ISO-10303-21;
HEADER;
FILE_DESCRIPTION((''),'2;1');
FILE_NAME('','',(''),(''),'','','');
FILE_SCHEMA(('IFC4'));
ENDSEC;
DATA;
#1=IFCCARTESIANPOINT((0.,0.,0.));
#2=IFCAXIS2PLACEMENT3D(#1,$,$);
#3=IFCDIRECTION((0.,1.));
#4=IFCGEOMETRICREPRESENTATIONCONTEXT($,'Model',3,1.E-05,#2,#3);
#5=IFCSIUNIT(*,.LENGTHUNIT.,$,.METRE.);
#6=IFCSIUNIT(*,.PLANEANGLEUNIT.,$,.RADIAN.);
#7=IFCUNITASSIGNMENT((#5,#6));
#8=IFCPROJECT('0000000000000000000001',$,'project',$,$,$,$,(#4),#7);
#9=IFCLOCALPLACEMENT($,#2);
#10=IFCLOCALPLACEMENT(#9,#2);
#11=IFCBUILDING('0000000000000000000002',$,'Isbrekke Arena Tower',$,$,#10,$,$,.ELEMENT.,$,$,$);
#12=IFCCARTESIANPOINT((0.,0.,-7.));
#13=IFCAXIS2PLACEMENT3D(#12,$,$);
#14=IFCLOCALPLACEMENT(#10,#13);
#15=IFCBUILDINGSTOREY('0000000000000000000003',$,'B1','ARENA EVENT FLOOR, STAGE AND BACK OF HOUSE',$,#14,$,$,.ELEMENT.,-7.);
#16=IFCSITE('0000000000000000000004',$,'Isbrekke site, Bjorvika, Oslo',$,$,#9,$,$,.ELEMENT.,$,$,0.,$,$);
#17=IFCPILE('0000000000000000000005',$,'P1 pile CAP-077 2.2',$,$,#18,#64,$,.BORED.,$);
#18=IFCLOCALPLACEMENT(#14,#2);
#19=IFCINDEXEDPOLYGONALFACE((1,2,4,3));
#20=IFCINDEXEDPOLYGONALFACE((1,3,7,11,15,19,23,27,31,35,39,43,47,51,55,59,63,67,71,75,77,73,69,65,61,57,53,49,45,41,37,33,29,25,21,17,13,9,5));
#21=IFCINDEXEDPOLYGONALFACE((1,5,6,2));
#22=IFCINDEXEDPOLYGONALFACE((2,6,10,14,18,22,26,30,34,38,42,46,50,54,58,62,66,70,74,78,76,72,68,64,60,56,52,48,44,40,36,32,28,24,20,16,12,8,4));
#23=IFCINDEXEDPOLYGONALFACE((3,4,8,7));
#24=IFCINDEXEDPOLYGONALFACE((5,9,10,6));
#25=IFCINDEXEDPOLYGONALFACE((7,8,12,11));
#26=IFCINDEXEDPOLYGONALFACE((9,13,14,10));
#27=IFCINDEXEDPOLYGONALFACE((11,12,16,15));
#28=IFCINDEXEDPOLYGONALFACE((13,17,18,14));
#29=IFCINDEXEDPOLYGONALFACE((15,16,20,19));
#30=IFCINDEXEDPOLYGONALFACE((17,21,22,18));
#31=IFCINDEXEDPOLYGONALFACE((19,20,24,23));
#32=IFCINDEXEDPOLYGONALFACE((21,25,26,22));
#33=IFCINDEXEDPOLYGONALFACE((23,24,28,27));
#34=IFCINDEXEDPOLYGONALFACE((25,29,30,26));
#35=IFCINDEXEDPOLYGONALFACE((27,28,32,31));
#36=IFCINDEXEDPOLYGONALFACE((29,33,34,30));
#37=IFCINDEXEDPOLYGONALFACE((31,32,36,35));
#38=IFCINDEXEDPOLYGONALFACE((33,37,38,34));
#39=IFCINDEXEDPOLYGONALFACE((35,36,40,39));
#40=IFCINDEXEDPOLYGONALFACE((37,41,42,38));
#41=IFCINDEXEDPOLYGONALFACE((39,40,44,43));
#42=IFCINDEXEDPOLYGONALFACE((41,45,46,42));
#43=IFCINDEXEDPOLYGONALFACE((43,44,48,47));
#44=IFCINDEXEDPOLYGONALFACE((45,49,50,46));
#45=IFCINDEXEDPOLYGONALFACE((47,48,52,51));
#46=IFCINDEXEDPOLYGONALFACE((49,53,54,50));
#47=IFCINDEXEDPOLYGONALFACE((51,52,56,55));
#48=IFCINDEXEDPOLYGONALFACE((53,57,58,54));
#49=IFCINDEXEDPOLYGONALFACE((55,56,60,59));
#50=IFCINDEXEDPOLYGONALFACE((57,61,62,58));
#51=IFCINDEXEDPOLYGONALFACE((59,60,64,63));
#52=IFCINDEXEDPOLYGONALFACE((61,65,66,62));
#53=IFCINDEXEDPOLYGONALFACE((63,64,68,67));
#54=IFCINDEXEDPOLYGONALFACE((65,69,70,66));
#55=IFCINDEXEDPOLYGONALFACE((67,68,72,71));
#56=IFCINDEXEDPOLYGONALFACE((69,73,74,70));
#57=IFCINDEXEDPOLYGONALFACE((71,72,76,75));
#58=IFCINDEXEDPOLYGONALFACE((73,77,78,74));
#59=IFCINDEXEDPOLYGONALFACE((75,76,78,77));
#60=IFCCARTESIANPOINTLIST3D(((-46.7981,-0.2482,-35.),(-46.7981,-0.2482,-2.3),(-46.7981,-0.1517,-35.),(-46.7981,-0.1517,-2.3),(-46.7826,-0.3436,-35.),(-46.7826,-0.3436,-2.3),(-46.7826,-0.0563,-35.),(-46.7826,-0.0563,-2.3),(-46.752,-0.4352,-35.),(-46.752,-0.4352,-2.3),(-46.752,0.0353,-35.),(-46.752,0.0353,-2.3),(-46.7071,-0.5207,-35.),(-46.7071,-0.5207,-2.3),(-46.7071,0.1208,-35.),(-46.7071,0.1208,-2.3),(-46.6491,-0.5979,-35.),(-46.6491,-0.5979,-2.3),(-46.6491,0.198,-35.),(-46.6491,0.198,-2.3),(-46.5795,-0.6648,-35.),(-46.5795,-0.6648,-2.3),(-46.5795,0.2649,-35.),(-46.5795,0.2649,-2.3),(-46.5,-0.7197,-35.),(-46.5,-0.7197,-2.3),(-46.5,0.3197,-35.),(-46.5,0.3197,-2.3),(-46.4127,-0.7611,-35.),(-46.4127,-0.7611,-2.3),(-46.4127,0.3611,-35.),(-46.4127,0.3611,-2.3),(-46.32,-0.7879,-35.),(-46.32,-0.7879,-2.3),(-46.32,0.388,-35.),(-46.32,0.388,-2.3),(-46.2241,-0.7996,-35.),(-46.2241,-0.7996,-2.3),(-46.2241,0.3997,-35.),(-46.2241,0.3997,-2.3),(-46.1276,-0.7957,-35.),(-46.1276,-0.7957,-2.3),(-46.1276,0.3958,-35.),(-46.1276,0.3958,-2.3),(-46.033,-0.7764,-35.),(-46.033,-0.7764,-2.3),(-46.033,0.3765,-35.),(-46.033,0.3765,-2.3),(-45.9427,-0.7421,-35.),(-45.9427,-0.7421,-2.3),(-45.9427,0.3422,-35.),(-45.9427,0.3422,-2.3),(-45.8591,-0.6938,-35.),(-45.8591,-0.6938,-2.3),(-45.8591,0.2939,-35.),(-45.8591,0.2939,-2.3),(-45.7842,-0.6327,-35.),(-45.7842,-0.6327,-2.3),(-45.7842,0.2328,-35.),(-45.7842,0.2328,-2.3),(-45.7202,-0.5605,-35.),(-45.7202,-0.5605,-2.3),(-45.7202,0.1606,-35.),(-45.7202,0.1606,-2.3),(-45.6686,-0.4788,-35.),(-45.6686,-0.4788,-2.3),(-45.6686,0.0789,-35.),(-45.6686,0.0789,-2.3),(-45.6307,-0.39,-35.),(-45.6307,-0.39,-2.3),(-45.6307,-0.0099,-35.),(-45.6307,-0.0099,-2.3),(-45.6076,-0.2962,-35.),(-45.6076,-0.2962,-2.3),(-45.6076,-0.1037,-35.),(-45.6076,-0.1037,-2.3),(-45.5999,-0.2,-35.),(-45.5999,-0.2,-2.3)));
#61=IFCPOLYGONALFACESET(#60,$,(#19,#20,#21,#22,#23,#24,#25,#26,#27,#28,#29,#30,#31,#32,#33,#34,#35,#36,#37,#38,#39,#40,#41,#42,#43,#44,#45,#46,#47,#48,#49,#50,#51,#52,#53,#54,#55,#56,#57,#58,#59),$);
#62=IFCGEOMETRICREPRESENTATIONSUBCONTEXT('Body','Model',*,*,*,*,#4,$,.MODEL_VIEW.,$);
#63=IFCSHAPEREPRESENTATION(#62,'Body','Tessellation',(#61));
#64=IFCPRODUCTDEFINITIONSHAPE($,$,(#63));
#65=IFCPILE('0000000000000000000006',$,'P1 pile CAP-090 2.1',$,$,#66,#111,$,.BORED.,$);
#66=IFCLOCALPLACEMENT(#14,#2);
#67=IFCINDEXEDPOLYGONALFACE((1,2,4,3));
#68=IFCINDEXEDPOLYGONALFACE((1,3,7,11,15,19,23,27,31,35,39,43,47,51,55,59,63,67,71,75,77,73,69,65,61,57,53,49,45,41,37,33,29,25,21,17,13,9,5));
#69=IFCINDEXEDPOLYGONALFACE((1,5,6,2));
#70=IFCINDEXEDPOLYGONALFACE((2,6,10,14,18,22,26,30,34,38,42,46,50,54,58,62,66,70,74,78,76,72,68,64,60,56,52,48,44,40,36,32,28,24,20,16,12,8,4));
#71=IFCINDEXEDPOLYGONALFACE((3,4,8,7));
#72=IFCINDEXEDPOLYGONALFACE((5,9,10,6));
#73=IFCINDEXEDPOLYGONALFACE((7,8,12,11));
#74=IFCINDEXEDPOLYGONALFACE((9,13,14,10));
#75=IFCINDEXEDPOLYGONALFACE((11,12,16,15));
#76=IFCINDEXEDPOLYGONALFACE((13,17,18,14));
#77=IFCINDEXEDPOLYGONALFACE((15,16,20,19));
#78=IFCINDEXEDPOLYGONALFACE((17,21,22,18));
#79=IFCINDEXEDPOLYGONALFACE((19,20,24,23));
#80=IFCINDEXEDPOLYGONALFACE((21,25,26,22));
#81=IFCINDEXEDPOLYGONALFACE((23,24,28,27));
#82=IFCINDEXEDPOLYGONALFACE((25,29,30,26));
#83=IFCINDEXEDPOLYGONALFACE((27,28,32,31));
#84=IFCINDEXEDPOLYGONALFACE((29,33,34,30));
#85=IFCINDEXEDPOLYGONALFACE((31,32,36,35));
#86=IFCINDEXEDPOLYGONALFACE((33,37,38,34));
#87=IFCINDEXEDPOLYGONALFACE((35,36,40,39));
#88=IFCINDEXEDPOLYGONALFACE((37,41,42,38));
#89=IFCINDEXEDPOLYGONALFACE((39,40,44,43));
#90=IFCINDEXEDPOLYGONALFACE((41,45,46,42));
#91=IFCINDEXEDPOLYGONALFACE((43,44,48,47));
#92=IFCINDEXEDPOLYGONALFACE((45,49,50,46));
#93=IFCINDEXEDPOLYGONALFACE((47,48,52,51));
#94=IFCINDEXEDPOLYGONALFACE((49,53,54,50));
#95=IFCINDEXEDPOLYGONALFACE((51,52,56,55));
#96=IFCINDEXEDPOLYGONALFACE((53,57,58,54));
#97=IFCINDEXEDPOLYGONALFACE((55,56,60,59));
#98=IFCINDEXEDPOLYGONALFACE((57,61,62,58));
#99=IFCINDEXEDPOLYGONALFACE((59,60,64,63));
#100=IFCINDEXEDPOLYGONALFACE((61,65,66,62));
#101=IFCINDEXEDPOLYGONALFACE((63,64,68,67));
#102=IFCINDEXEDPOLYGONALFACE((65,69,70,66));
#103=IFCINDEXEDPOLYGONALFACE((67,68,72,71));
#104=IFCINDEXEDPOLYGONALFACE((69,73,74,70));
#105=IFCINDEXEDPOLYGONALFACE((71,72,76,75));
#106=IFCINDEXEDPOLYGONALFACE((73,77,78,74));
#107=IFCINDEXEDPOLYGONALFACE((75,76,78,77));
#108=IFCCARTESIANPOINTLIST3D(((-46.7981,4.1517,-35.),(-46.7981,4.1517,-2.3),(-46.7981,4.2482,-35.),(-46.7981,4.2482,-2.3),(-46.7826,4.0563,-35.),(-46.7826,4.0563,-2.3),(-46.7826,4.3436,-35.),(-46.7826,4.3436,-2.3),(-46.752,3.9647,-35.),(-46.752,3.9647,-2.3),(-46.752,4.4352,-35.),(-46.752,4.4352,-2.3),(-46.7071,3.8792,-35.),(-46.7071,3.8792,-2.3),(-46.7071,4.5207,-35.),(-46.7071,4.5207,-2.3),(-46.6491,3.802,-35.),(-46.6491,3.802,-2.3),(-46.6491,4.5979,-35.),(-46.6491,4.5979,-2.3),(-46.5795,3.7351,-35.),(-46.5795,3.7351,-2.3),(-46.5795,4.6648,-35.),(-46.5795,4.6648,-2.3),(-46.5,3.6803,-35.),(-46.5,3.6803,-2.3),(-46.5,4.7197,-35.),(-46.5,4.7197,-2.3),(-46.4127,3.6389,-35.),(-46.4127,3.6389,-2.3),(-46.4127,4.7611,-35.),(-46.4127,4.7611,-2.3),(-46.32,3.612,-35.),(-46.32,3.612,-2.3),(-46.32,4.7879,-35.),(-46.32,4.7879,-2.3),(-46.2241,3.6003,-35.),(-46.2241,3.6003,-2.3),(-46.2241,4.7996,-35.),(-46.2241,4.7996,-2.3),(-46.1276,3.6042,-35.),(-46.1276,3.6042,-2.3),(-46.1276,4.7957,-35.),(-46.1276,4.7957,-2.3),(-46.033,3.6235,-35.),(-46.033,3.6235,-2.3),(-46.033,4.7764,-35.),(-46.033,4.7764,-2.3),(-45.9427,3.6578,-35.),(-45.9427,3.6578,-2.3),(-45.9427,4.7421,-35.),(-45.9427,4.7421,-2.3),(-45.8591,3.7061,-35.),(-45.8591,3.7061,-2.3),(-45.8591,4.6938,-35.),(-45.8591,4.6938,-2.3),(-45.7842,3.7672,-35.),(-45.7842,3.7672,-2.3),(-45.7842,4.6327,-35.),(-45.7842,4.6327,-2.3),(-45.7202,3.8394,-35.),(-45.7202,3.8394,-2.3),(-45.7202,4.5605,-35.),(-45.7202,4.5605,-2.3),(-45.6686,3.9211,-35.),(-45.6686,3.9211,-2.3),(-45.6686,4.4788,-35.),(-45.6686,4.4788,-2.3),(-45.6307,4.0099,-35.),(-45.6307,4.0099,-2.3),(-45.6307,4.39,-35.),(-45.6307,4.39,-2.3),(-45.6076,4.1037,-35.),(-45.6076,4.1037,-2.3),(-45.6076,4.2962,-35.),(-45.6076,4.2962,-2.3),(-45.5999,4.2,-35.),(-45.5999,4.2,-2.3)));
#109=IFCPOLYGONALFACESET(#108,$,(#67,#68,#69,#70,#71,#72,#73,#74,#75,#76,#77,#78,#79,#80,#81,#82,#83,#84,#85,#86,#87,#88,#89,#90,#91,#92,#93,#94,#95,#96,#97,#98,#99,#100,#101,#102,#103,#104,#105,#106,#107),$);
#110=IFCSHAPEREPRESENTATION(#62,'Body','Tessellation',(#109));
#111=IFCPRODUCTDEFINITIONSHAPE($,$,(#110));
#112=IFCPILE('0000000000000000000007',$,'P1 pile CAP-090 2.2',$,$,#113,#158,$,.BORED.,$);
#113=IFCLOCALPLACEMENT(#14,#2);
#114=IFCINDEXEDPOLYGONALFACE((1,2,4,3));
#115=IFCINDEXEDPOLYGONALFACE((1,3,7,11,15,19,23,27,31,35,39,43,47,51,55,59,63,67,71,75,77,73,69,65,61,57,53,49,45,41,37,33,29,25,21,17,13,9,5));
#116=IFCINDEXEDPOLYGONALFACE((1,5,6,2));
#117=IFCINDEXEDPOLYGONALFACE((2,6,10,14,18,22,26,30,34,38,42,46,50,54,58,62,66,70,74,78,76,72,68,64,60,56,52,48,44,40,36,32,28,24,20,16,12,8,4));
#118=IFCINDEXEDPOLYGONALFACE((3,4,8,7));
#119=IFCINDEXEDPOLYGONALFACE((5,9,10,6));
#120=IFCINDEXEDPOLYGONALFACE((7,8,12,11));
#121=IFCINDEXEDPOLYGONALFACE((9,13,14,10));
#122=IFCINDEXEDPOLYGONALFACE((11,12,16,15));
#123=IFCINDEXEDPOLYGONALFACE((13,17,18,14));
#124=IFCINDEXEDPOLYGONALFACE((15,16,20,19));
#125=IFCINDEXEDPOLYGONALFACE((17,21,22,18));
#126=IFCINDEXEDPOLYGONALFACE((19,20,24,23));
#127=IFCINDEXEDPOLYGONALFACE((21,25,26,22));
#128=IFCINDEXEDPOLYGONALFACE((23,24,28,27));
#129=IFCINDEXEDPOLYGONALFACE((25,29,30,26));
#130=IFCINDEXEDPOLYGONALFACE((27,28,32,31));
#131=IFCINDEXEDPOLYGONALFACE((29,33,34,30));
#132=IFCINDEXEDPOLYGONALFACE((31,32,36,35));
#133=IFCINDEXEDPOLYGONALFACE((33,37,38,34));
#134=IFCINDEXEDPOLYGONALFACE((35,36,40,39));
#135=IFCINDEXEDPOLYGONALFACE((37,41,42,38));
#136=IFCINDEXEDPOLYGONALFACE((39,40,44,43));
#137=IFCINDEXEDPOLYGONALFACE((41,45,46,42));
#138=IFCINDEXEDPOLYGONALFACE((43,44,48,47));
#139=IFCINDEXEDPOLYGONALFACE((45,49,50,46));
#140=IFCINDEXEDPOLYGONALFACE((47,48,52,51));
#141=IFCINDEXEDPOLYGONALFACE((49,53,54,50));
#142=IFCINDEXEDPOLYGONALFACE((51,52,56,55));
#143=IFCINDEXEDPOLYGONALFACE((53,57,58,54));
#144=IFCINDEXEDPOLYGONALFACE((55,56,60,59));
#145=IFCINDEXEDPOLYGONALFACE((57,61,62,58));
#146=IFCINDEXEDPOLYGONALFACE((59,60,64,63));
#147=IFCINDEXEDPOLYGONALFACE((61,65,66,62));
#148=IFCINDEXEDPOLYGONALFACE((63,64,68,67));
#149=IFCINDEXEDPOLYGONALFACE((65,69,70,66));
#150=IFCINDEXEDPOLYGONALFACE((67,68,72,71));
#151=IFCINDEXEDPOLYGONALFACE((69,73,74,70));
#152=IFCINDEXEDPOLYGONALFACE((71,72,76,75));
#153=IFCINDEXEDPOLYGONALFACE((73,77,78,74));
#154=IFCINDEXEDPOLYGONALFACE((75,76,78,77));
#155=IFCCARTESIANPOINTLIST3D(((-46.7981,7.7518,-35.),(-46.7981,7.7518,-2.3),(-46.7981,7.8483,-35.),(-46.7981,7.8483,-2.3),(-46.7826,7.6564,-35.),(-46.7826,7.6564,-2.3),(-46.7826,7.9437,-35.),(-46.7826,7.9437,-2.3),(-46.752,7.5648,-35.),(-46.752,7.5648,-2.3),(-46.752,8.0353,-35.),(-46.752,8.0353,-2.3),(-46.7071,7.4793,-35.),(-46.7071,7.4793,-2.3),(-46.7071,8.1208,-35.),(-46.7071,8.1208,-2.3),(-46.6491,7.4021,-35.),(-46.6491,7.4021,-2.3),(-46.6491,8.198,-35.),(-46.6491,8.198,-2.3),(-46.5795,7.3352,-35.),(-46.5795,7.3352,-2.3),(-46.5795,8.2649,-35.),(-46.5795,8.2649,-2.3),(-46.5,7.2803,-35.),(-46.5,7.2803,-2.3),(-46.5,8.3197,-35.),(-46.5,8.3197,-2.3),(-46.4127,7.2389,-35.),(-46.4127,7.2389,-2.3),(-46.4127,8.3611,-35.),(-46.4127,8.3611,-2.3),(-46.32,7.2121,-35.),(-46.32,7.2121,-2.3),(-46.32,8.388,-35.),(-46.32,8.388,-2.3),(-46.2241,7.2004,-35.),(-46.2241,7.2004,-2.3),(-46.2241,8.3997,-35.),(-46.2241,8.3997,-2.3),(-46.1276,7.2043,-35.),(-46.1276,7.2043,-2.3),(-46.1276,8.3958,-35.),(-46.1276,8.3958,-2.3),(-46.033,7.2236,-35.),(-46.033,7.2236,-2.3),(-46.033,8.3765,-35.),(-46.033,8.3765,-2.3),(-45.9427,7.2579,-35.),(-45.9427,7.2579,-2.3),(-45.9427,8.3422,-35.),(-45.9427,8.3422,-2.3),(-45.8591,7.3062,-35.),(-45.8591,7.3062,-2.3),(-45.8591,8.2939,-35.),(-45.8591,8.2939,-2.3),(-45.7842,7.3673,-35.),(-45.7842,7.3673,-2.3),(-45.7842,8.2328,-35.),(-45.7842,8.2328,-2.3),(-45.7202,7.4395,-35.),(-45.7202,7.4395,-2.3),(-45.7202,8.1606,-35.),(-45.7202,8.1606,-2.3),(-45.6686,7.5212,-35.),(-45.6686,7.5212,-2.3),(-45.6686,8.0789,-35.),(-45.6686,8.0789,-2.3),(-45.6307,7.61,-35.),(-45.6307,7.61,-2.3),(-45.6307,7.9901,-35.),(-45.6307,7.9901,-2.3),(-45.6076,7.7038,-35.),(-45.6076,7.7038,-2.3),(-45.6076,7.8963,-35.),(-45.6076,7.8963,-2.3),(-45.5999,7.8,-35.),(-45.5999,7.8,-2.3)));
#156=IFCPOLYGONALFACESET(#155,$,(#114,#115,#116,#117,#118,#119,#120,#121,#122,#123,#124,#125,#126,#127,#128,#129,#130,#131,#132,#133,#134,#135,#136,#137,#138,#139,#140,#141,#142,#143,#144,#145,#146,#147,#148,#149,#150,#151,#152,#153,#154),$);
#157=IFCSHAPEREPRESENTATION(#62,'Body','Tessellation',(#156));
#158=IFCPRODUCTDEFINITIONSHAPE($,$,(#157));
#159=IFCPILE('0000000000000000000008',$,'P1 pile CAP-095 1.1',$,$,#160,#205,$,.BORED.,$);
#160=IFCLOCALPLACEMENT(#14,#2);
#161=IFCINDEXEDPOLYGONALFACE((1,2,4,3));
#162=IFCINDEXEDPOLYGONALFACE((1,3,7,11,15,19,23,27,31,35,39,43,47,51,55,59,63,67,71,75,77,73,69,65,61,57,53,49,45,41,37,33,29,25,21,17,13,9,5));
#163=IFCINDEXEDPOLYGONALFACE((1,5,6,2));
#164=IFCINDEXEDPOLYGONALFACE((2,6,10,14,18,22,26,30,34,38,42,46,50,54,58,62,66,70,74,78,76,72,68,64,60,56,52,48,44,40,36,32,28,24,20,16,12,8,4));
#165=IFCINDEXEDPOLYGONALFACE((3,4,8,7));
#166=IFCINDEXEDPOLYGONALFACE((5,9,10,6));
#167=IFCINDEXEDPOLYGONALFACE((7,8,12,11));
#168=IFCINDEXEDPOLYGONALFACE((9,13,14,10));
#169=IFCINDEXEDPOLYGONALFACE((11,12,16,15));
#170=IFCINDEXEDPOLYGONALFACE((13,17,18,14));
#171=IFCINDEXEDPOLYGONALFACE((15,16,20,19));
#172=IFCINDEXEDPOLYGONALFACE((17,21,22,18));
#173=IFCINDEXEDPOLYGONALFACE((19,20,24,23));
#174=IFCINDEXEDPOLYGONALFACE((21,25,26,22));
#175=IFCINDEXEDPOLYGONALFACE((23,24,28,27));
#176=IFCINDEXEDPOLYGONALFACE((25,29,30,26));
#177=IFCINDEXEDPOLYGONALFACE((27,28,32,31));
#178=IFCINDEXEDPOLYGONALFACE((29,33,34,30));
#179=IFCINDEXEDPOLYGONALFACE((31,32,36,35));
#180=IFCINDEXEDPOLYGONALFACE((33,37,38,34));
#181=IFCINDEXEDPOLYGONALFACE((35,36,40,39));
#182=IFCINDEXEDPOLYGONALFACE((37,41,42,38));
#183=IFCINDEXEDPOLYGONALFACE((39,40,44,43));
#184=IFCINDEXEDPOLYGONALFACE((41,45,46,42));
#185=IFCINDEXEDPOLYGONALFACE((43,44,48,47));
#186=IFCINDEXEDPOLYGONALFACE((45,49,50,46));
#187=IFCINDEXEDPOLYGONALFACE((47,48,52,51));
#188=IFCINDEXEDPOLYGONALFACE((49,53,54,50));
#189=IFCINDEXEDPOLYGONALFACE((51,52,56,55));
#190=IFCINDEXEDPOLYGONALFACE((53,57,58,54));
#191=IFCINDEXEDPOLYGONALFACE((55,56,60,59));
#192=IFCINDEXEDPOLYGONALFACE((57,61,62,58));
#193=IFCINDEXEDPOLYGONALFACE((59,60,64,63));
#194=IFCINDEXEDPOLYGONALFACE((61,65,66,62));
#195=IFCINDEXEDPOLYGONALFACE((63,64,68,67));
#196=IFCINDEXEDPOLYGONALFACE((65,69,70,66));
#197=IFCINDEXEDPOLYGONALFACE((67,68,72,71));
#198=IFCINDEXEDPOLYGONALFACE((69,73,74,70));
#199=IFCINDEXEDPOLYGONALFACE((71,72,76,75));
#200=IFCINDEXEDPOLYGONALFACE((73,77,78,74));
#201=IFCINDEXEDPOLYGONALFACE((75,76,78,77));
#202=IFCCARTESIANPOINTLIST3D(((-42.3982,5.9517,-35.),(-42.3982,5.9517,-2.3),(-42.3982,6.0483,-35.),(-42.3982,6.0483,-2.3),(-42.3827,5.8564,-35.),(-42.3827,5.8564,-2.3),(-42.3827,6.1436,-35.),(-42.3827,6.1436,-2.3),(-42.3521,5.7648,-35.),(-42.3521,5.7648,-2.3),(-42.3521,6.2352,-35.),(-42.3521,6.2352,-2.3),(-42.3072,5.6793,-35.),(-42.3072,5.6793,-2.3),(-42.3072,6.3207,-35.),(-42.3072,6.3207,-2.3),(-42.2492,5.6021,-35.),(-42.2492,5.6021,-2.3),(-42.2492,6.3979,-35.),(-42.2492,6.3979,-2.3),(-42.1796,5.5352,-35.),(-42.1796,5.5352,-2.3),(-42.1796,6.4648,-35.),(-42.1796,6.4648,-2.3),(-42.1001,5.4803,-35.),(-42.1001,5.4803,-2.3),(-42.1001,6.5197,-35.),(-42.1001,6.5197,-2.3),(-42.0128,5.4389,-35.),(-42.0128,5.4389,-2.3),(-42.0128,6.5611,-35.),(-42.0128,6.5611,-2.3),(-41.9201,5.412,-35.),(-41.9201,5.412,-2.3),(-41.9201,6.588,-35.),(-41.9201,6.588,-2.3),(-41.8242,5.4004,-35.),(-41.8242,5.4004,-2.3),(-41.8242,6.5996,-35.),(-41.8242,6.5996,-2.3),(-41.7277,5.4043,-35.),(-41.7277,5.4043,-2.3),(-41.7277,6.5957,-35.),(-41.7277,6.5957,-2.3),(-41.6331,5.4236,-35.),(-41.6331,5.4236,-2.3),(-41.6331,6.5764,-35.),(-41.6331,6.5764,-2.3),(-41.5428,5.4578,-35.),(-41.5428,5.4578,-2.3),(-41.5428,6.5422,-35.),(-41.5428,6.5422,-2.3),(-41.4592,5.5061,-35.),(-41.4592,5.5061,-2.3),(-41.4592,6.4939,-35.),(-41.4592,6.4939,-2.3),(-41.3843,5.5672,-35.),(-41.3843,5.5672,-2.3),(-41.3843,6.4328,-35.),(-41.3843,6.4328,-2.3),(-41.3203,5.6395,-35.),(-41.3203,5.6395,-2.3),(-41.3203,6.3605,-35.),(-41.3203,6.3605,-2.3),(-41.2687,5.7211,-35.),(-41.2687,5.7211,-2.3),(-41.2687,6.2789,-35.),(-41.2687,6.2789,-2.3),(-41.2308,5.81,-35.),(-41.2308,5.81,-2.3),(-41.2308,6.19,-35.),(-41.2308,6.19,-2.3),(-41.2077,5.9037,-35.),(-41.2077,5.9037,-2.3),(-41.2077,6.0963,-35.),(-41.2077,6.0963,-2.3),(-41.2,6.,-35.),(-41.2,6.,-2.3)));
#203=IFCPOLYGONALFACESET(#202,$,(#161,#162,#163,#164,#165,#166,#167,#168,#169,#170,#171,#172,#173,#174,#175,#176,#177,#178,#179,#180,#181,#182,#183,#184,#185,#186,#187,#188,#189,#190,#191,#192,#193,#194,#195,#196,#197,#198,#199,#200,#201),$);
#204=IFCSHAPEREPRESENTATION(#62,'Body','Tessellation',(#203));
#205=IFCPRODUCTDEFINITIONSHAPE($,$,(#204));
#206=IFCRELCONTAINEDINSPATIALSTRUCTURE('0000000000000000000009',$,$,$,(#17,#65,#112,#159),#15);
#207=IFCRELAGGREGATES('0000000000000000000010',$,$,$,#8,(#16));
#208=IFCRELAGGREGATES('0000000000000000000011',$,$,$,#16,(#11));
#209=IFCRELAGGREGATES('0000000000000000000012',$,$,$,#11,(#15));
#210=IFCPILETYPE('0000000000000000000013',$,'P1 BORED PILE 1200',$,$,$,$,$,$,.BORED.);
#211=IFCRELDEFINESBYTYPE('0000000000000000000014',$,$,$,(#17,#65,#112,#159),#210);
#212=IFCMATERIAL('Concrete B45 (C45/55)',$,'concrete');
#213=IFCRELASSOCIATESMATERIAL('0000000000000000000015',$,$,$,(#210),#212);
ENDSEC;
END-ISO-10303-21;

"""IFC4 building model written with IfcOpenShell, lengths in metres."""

from ifc_helpers import new_model, si_unit, direction, frame, origin, origin_2d, place, context, subcontext, project, spatial, circle, extrude, material, material_profile, profile_set, type_object, element, save


model = new_model("IFC4")

# Units and contexts
model_context = context("Model", 3, precision=1e-05, world=origin(), true_north=direction((0.0, 1.0)))
body_context = subcontext(model_context, "Body", "Model", "MODEL_VIEW")
ifc_project = project(units=[si_unit("LENGTHUNIT", "METRE"), si_unit("PLANEANGLEUNIT", "RADIAN")], contexts=[model_context])

# Site, building, storey
site_placement = place(None, origin())
site = spatial("IfcSite", under=ifc_project, at=site_placement, Name="Isbrekke site, Bjorvika, Oslo", CompositionType="ELEMENT", RefElevation=0.0)
building_placement = place(site_placement, origin())
building = spatial("IfcBuilding", under=site, at=building_placement, Name="Isbrekke Arena Tower", CompositionType="ELEMENT")
storey_placement = place(building_placement, frame((0.0, 0.0, -7.0)))
storey = spatial("IfcBuildingStorey", under=building, at=storey_placement, Name="B1", Description="ARENA EVENT FLOOR, STAGE AND BACK OF HOUSE", CompositionType="ELEMENT", Elevation=-7.0)

# Piles
ifc_material_1 = material(Name="Concrete B45 (C45/55)", Category="concrete")
ifc_material_profile_1 = material_profile(ifc_material_1, circle(Radius=0.6001, at=origin_2d()), Name="BORED PILE D1200")
ifc_profile_set_1 = profile_set([ifc_material_profile_1], Name="Concrete B45 (C45/55)")
pile_type = type_object("IfcPileType", Name="P1 BORED PILE 1200", PredefinedType="BORED", material=ifc_profile_set_1)
for number, where, z_axis, x_axis, name in (
    (1, (-46.2, -0.2, -2.3), (0.0, 0.0, -1.0), (1.0, 0.0, 0.0), "P1 pile CAP-077 2.2"),
    (2, (-46.2, 4.2, -2.3), (0.0, 0.0, -1.0), (1.0, 0.0, 0.0), "P1 pile CAP-090 2.1"),
    (3, (-46.2, 7.8, -2.3), (0.0, 0.0, -1.0), (1.0, 0.0, 0.0), "P1 pile CAP-090 2.2"),
    (4, (-41.8, 6.0, -2.3), (0.0, 0.0, -1.0), (1.0, 0.0, 0.0), "P1 pile CAP-095 1.1"),
):
    element("IfcPile", number, at=place(storey_placement, frame(where, z_axis=z_axis, x_axis=x_axis)), inside=storey, type_object=pile_type, Name=name, PredefinedType="BORED", context=body_context, shape_type="SweptSolid", body=[
        extrude(circle(Radius=0.6001, at=origin_2d()), origin(), (0.0, 0.0, 1.0), 32.7),
    ])

save(model, "model.ifc")
